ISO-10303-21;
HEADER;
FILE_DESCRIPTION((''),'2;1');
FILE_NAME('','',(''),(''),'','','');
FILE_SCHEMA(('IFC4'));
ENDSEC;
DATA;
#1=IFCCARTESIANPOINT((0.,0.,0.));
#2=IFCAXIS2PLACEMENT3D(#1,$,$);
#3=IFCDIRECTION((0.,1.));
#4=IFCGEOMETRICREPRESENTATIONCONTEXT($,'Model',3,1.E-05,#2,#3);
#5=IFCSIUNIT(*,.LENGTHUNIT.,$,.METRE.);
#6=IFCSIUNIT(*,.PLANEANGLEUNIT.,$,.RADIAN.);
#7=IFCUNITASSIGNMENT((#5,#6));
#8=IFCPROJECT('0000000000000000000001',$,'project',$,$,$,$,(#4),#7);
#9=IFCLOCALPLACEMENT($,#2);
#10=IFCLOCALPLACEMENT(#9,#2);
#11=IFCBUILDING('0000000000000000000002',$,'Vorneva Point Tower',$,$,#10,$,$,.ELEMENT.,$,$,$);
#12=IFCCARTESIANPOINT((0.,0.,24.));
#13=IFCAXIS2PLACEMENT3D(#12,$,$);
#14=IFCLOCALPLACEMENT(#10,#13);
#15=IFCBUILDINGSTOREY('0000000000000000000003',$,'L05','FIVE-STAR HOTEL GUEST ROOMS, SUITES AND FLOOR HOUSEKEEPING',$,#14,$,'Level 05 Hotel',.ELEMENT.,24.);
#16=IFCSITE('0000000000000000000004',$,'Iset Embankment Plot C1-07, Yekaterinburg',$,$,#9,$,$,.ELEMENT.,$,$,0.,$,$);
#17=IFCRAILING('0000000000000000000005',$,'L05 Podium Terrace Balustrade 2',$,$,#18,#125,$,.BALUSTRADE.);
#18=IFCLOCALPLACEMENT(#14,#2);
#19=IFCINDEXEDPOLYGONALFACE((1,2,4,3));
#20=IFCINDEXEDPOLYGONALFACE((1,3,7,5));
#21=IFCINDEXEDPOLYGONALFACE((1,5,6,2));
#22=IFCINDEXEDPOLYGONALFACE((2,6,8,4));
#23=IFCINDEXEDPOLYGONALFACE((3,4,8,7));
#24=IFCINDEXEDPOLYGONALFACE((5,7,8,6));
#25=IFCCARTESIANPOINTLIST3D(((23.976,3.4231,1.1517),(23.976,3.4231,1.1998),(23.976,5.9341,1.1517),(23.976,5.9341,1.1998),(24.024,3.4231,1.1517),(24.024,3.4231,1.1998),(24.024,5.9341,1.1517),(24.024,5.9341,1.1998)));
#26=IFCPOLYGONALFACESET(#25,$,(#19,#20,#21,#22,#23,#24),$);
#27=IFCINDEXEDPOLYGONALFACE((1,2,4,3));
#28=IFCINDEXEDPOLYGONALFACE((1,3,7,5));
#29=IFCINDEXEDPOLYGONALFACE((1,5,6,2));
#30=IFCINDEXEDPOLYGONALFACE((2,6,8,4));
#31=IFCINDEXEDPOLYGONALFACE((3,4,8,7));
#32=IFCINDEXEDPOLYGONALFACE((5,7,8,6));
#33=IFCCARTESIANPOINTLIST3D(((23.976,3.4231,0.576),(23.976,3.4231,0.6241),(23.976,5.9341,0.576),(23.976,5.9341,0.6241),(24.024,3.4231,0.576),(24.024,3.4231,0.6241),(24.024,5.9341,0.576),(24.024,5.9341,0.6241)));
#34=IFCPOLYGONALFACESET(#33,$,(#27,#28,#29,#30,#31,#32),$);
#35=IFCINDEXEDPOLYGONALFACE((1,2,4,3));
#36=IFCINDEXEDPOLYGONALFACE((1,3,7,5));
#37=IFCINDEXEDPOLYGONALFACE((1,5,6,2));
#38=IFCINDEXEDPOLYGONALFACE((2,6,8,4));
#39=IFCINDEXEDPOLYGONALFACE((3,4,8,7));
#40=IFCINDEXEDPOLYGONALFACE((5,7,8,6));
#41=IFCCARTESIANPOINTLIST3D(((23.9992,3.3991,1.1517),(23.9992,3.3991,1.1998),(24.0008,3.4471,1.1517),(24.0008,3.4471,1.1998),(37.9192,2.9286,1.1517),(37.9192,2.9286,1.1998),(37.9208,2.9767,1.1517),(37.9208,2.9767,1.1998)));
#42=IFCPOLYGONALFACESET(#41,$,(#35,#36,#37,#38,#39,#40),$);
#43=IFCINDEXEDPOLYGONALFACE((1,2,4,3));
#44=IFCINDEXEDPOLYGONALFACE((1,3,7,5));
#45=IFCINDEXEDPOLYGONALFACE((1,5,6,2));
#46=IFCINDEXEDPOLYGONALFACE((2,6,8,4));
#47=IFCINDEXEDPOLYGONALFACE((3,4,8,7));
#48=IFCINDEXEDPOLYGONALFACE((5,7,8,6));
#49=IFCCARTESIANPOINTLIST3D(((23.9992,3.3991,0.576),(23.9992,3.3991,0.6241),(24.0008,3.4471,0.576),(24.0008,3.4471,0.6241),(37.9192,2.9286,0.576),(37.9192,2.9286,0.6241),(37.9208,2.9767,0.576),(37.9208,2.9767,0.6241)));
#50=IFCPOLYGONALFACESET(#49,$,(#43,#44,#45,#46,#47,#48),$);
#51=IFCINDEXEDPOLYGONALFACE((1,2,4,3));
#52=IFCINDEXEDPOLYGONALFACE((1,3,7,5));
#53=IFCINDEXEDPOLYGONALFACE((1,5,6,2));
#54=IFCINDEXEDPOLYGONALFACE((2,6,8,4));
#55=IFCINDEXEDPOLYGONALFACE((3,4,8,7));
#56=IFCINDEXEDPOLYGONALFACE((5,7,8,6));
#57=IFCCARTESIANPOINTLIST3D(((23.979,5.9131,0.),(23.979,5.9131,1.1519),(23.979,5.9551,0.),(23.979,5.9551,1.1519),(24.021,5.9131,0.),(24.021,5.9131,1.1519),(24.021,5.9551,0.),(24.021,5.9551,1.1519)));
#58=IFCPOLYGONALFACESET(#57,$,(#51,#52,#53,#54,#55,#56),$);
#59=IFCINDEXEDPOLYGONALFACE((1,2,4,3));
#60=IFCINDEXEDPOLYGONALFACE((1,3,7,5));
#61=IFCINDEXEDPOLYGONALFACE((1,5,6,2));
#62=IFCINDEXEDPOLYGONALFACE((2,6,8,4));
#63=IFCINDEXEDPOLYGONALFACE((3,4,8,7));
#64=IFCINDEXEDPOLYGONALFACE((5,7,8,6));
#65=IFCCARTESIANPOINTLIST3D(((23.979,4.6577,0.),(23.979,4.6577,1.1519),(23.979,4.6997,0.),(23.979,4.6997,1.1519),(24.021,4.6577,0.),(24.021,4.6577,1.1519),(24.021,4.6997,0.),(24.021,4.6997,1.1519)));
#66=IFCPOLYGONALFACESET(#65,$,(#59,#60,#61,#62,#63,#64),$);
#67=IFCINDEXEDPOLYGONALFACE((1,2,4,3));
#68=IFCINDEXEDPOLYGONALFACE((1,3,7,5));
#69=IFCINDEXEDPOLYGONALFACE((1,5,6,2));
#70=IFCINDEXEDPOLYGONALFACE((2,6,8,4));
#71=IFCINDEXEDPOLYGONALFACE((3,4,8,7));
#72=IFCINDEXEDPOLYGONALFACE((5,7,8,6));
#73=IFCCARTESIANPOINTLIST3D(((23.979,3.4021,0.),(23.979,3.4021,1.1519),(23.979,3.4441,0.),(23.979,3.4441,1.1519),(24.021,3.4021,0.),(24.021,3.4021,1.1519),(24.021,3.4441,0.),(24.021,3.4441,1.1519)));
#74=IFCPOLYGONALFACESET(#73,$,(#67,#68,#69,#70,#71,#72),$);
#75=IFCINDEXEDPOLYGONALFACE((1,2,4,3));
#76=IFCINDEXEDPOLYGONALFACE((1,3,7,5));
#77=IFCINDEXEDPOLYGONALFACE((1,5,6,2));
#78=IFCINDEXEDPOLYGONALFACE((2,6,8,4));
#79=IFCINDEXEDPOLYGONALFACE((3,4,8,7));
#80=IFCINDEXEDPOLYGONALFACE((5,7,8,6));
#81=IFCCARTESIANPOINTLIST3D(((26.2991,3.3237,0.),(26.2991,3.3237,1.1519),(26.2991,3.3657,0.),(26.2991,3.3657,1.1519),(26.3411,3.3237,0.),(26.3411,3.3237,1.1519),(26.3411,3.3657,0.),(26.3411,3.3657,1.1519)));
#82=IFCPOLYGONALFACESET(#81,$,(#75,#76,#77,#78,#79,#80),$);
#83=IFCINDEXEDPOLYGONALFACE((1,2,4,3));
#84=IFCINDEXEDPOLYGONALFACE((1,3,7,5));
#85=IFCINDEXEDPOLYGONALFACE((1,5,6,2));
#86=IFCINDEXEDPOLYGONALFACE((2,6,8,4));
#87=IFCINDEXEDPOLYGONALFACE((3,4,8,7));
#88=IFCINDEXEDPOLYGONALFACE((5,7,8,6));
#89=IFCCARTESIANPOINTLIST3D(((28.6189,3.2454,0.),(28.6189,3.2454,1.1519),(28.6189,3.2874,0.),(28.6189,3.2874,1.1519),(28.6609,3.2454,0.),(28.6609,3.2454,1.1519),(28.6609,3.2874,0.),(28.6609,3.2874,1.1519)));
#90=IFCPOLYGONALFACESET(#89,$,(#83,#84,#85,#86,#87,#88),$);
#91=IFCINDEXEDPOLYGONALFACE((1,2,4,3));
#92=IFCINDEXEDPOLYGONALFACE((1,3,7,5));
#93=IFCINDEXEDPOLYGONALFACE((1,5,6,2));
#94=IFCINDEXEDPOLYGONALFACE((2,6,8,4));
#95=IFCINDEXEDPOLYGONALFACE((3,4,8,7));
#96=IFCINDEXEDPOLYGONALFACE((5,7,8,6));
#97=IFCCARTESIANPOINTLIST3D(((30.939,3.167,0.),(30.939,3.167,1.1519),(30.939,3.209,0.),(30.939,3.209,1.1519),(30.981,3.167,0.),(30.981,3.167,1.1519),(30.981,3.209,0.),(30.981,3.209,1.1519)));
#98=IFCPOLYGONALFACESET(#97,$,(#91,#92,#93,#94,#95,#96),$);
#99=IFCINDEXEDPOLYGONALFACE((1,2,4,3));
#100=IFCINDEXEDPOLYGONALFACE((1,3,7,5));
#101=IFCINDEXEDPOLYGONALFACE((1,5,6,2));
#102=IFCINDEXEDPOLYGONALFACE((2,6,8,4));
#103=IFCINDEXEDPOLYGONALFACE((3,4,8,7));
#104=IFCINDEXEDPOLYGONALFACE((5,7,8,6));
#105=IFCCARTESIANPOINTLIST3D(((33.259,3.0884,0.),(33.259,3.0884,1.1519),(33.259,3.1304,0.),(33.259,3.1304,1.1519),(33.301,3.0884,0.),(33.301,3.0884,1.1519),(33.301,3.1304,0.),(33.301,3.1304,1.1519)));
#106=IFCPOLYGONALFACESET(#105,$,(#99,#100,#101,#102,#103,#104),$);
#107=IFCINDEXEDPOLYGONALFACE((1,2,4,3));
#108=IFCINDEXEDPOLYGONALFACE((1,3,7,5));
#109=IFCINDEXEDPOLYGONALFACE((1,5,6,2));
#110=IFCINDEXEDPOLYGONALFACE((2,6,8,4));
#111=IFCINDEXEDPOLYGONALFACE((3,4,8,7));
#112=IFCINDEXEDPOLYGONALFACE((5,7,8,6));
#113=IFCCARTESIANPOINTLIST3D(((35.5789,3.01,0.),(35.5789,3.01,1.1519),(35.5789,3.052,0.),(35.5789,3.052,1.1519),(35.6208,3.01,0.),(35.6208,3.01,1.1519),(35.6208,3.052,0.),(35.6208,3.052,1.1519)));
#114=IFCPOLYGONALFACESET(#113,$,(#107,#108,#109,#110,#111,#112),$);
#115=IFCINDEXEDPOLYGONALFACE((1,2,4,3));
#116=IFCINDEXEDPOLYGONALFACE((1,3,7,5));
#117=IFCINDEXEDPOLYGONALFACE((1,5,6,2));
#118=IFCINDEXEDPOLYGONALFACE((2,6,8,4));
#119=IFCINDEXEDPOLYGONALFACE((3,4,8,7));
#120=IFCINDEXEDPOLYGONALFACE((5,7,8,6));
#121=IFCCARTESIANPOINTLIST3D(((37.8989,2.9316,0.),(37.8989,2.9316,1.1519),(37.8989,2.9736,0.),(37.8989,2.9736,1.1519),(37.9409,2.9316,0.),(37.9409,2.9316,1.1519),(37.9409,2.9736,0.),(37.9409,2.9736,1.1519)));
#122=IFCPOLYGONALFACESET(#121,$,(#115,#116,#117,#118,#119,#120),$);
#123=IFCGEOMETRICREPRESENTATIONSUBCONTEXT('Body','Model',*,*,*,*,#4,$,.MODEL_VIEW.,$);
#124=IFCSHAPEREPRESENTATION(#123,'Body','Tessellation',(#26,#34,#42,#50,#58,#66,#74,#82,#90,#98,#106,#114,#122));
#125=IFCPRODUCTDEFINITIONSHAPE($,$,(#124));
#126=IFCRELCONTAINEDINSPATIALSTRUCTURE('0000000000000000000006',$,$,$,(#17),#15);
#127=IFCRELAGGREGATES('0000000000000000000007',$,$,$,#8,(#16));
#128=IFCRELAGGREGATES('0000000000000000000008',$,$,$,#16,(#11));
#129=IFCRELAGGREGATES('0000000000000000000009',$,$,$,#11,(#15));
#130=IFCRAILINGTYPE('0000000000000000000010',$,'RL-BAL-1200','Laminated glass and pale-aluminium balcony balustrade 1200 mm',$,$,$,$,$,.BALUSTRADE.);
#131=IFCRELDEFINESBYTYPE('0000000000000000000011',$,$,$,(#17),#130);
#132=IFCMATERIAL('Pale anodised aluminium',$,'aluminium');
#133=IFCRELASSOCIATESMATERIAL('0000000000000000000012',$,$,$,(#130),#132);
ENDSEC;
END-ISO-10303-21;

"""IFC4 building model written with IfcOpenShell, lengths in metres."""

from ifc_helpers import new_model, si_unit, direction, frame, origin, origin_2d, place, context, subcontext, project, spatial, rectangle, extrude, material, type_object, element, save


model = new_model("IFC4")

# Units and contexts
model_context = context("Model", 3, precision=1e-05, world=origin(), true_north=direction((0.0, 1.0)))
body_context = subcontext(model_context, "Body", "Model", "MODEL_VIEW")
ifc_project = project(units=[si_unit("LENGTHUNIT", "METRE"), si_unit("PLANEANGLEUNIT", "RADIAN")], contexts=[model_context])

# Site, building, storey
site_placement = place(None, origin())
site = spatial("IfcSite", under=ifc_project, at=site_placement, Name="Iset Embankment Plot C1-07, Yekaterinburg", CompositionType="ELEMENT", RefElevation=0.0)
building_placement = place(site_placement, origin())
building = spatial("IfcBuilding", under=site, at=building_placement, Name="Vorneva Point Tower", CompositionType="ELEMENT")
storey_placement = place(building_placement, frame((0.0, 0.0, 24.0)))
storey = spatial("IfcBuildingStorey", under=building, at=storey_placement, Name="L05", Description="FIVE-STAR HOTEL GUEST ROOMS, SUITES AND FLOOR HOUSEKEEPING", LongName="Level 05 Hotel", CompositionType="ELEMENT", Elevation=24.0)

# Shared definitions
ifc_material_1 = material(Name="Pale anodised aluminium", Category="aluminium")

# Railing
railing_type = type_object("IfcRailingType", Name="RL-BAL-1200", Description="Laminated glass and pale-aluminium balcony balustrade 1200 mm", PredefinedType="BALUSTRADE", material=ifc_material_1)
railing_placement = place(storey_placement, frame((24.0, 5.9341, 0.0)))
element("IfcRailing", 1, at=railing_placement, inside=storey, type_object=railing_type, Name="L05 Podium Terrace Balustrade 2", PredefinedType="BALUSTRADE", context=body_context, shape_type="SweptSolid", body=[
    extrude(rectangle(XDim=0.0481, YDim=0.0481, at=origin_2d()), frame((0.0, 0.0, 1.1758), z_axis=(0.0, -1.0, 0.0), x_axis=(1.0, 0.0, 0.0)), (0.0, 0.0, 1.0), 2.511),
    extrude(rectangle(XDim=0.0481, YDim=0.0481, at=origin_2d()), frame((0.0, 0.0, 0.6001), z_axis=(0.0, -1.0, 0.0), x_axis=(1.0, 0.0, 0.0)), (0.0, 0.0, 1.0), 2.511),
    extrude(rectangle(XDim=0.0481, YDim=0.0481, at=origin_2d()), frame((0.0, -2.511, 1.1758), z_axis=(0.999429, -0.033778, 0.0), x_axis=(0.033778, 0.999429, 0.0)), (0.0, 0.0, 1.0), 13.928),
    extrude(rectangle(XDim=0.0481, YDim=0.0481, at=origin_2d()), frame((0.0, -2.511, 0.6001), z_axis=(0.999429, -0.033778, 0.0), x_axis=(0.033778, 0.999429, 0.0)), (0.0, 0.0, 1.0), 13.928),
    extrude(rectangle(XDim=0.042, YDim=0.042, at=origin_2d()), origin(), (0.0, 0.0, 1.0), 1.1519),
    extrude(rectangle(XDim=0.042, YDim=0.042, at=origin_2d()), frame((0.0, -1.2554, 0.0)), (0.0, 0.0, 1.0), 1.1519),
    extrude(rectangle(XDim=0.042, YDim=0.042, at=origin_2d()), frame((0.0, -2.511, 0.0)), (0.0, 0.0, 1.0), 1.1519),
    extrude(rectangle(XDim=0.042, YDim=0.042, at=origin_2d()), frame((2.3201, -2.5894, 0.0)), (0.0, 0.0, 1.0), 1.1519),
    extrude(rectangle(XDim=0.042, YDim=0.042, at=origin_2d()), frame((4.6399, -2.6677, 0.0)), (0.0, 0.0, 1.0), 1.1519),
    extrude(rectangle(XDim=0.042, YDim=0.042, at=origin_2d()), frame((6.96, -2.7461, 0.0)), (0.0, 0.0, 1.0), 1.1519),
    extrude(rectangle(XDim=0.042, YDim=0.042, at=origin_2d()), frame((9.28, -2.8247, 0.0)), (0.0, 0.0, 1.0), 1.1519),
    extrude(rectangle(XDim=0.042, YDim=0.042, at=origin_2d()), frame((11.5999, -2.9031, 0.0)), (0.0, 0.0, 1.0), 1.1519),
    extrude(rectangle(XDim=0.042, YDim=0.042, at=origin_2d()), frame((13.9199, -2.9814, 0.0)), (0.0, 0.0, 1.0), 1.1519),
])

save(model, "model.ifc")
